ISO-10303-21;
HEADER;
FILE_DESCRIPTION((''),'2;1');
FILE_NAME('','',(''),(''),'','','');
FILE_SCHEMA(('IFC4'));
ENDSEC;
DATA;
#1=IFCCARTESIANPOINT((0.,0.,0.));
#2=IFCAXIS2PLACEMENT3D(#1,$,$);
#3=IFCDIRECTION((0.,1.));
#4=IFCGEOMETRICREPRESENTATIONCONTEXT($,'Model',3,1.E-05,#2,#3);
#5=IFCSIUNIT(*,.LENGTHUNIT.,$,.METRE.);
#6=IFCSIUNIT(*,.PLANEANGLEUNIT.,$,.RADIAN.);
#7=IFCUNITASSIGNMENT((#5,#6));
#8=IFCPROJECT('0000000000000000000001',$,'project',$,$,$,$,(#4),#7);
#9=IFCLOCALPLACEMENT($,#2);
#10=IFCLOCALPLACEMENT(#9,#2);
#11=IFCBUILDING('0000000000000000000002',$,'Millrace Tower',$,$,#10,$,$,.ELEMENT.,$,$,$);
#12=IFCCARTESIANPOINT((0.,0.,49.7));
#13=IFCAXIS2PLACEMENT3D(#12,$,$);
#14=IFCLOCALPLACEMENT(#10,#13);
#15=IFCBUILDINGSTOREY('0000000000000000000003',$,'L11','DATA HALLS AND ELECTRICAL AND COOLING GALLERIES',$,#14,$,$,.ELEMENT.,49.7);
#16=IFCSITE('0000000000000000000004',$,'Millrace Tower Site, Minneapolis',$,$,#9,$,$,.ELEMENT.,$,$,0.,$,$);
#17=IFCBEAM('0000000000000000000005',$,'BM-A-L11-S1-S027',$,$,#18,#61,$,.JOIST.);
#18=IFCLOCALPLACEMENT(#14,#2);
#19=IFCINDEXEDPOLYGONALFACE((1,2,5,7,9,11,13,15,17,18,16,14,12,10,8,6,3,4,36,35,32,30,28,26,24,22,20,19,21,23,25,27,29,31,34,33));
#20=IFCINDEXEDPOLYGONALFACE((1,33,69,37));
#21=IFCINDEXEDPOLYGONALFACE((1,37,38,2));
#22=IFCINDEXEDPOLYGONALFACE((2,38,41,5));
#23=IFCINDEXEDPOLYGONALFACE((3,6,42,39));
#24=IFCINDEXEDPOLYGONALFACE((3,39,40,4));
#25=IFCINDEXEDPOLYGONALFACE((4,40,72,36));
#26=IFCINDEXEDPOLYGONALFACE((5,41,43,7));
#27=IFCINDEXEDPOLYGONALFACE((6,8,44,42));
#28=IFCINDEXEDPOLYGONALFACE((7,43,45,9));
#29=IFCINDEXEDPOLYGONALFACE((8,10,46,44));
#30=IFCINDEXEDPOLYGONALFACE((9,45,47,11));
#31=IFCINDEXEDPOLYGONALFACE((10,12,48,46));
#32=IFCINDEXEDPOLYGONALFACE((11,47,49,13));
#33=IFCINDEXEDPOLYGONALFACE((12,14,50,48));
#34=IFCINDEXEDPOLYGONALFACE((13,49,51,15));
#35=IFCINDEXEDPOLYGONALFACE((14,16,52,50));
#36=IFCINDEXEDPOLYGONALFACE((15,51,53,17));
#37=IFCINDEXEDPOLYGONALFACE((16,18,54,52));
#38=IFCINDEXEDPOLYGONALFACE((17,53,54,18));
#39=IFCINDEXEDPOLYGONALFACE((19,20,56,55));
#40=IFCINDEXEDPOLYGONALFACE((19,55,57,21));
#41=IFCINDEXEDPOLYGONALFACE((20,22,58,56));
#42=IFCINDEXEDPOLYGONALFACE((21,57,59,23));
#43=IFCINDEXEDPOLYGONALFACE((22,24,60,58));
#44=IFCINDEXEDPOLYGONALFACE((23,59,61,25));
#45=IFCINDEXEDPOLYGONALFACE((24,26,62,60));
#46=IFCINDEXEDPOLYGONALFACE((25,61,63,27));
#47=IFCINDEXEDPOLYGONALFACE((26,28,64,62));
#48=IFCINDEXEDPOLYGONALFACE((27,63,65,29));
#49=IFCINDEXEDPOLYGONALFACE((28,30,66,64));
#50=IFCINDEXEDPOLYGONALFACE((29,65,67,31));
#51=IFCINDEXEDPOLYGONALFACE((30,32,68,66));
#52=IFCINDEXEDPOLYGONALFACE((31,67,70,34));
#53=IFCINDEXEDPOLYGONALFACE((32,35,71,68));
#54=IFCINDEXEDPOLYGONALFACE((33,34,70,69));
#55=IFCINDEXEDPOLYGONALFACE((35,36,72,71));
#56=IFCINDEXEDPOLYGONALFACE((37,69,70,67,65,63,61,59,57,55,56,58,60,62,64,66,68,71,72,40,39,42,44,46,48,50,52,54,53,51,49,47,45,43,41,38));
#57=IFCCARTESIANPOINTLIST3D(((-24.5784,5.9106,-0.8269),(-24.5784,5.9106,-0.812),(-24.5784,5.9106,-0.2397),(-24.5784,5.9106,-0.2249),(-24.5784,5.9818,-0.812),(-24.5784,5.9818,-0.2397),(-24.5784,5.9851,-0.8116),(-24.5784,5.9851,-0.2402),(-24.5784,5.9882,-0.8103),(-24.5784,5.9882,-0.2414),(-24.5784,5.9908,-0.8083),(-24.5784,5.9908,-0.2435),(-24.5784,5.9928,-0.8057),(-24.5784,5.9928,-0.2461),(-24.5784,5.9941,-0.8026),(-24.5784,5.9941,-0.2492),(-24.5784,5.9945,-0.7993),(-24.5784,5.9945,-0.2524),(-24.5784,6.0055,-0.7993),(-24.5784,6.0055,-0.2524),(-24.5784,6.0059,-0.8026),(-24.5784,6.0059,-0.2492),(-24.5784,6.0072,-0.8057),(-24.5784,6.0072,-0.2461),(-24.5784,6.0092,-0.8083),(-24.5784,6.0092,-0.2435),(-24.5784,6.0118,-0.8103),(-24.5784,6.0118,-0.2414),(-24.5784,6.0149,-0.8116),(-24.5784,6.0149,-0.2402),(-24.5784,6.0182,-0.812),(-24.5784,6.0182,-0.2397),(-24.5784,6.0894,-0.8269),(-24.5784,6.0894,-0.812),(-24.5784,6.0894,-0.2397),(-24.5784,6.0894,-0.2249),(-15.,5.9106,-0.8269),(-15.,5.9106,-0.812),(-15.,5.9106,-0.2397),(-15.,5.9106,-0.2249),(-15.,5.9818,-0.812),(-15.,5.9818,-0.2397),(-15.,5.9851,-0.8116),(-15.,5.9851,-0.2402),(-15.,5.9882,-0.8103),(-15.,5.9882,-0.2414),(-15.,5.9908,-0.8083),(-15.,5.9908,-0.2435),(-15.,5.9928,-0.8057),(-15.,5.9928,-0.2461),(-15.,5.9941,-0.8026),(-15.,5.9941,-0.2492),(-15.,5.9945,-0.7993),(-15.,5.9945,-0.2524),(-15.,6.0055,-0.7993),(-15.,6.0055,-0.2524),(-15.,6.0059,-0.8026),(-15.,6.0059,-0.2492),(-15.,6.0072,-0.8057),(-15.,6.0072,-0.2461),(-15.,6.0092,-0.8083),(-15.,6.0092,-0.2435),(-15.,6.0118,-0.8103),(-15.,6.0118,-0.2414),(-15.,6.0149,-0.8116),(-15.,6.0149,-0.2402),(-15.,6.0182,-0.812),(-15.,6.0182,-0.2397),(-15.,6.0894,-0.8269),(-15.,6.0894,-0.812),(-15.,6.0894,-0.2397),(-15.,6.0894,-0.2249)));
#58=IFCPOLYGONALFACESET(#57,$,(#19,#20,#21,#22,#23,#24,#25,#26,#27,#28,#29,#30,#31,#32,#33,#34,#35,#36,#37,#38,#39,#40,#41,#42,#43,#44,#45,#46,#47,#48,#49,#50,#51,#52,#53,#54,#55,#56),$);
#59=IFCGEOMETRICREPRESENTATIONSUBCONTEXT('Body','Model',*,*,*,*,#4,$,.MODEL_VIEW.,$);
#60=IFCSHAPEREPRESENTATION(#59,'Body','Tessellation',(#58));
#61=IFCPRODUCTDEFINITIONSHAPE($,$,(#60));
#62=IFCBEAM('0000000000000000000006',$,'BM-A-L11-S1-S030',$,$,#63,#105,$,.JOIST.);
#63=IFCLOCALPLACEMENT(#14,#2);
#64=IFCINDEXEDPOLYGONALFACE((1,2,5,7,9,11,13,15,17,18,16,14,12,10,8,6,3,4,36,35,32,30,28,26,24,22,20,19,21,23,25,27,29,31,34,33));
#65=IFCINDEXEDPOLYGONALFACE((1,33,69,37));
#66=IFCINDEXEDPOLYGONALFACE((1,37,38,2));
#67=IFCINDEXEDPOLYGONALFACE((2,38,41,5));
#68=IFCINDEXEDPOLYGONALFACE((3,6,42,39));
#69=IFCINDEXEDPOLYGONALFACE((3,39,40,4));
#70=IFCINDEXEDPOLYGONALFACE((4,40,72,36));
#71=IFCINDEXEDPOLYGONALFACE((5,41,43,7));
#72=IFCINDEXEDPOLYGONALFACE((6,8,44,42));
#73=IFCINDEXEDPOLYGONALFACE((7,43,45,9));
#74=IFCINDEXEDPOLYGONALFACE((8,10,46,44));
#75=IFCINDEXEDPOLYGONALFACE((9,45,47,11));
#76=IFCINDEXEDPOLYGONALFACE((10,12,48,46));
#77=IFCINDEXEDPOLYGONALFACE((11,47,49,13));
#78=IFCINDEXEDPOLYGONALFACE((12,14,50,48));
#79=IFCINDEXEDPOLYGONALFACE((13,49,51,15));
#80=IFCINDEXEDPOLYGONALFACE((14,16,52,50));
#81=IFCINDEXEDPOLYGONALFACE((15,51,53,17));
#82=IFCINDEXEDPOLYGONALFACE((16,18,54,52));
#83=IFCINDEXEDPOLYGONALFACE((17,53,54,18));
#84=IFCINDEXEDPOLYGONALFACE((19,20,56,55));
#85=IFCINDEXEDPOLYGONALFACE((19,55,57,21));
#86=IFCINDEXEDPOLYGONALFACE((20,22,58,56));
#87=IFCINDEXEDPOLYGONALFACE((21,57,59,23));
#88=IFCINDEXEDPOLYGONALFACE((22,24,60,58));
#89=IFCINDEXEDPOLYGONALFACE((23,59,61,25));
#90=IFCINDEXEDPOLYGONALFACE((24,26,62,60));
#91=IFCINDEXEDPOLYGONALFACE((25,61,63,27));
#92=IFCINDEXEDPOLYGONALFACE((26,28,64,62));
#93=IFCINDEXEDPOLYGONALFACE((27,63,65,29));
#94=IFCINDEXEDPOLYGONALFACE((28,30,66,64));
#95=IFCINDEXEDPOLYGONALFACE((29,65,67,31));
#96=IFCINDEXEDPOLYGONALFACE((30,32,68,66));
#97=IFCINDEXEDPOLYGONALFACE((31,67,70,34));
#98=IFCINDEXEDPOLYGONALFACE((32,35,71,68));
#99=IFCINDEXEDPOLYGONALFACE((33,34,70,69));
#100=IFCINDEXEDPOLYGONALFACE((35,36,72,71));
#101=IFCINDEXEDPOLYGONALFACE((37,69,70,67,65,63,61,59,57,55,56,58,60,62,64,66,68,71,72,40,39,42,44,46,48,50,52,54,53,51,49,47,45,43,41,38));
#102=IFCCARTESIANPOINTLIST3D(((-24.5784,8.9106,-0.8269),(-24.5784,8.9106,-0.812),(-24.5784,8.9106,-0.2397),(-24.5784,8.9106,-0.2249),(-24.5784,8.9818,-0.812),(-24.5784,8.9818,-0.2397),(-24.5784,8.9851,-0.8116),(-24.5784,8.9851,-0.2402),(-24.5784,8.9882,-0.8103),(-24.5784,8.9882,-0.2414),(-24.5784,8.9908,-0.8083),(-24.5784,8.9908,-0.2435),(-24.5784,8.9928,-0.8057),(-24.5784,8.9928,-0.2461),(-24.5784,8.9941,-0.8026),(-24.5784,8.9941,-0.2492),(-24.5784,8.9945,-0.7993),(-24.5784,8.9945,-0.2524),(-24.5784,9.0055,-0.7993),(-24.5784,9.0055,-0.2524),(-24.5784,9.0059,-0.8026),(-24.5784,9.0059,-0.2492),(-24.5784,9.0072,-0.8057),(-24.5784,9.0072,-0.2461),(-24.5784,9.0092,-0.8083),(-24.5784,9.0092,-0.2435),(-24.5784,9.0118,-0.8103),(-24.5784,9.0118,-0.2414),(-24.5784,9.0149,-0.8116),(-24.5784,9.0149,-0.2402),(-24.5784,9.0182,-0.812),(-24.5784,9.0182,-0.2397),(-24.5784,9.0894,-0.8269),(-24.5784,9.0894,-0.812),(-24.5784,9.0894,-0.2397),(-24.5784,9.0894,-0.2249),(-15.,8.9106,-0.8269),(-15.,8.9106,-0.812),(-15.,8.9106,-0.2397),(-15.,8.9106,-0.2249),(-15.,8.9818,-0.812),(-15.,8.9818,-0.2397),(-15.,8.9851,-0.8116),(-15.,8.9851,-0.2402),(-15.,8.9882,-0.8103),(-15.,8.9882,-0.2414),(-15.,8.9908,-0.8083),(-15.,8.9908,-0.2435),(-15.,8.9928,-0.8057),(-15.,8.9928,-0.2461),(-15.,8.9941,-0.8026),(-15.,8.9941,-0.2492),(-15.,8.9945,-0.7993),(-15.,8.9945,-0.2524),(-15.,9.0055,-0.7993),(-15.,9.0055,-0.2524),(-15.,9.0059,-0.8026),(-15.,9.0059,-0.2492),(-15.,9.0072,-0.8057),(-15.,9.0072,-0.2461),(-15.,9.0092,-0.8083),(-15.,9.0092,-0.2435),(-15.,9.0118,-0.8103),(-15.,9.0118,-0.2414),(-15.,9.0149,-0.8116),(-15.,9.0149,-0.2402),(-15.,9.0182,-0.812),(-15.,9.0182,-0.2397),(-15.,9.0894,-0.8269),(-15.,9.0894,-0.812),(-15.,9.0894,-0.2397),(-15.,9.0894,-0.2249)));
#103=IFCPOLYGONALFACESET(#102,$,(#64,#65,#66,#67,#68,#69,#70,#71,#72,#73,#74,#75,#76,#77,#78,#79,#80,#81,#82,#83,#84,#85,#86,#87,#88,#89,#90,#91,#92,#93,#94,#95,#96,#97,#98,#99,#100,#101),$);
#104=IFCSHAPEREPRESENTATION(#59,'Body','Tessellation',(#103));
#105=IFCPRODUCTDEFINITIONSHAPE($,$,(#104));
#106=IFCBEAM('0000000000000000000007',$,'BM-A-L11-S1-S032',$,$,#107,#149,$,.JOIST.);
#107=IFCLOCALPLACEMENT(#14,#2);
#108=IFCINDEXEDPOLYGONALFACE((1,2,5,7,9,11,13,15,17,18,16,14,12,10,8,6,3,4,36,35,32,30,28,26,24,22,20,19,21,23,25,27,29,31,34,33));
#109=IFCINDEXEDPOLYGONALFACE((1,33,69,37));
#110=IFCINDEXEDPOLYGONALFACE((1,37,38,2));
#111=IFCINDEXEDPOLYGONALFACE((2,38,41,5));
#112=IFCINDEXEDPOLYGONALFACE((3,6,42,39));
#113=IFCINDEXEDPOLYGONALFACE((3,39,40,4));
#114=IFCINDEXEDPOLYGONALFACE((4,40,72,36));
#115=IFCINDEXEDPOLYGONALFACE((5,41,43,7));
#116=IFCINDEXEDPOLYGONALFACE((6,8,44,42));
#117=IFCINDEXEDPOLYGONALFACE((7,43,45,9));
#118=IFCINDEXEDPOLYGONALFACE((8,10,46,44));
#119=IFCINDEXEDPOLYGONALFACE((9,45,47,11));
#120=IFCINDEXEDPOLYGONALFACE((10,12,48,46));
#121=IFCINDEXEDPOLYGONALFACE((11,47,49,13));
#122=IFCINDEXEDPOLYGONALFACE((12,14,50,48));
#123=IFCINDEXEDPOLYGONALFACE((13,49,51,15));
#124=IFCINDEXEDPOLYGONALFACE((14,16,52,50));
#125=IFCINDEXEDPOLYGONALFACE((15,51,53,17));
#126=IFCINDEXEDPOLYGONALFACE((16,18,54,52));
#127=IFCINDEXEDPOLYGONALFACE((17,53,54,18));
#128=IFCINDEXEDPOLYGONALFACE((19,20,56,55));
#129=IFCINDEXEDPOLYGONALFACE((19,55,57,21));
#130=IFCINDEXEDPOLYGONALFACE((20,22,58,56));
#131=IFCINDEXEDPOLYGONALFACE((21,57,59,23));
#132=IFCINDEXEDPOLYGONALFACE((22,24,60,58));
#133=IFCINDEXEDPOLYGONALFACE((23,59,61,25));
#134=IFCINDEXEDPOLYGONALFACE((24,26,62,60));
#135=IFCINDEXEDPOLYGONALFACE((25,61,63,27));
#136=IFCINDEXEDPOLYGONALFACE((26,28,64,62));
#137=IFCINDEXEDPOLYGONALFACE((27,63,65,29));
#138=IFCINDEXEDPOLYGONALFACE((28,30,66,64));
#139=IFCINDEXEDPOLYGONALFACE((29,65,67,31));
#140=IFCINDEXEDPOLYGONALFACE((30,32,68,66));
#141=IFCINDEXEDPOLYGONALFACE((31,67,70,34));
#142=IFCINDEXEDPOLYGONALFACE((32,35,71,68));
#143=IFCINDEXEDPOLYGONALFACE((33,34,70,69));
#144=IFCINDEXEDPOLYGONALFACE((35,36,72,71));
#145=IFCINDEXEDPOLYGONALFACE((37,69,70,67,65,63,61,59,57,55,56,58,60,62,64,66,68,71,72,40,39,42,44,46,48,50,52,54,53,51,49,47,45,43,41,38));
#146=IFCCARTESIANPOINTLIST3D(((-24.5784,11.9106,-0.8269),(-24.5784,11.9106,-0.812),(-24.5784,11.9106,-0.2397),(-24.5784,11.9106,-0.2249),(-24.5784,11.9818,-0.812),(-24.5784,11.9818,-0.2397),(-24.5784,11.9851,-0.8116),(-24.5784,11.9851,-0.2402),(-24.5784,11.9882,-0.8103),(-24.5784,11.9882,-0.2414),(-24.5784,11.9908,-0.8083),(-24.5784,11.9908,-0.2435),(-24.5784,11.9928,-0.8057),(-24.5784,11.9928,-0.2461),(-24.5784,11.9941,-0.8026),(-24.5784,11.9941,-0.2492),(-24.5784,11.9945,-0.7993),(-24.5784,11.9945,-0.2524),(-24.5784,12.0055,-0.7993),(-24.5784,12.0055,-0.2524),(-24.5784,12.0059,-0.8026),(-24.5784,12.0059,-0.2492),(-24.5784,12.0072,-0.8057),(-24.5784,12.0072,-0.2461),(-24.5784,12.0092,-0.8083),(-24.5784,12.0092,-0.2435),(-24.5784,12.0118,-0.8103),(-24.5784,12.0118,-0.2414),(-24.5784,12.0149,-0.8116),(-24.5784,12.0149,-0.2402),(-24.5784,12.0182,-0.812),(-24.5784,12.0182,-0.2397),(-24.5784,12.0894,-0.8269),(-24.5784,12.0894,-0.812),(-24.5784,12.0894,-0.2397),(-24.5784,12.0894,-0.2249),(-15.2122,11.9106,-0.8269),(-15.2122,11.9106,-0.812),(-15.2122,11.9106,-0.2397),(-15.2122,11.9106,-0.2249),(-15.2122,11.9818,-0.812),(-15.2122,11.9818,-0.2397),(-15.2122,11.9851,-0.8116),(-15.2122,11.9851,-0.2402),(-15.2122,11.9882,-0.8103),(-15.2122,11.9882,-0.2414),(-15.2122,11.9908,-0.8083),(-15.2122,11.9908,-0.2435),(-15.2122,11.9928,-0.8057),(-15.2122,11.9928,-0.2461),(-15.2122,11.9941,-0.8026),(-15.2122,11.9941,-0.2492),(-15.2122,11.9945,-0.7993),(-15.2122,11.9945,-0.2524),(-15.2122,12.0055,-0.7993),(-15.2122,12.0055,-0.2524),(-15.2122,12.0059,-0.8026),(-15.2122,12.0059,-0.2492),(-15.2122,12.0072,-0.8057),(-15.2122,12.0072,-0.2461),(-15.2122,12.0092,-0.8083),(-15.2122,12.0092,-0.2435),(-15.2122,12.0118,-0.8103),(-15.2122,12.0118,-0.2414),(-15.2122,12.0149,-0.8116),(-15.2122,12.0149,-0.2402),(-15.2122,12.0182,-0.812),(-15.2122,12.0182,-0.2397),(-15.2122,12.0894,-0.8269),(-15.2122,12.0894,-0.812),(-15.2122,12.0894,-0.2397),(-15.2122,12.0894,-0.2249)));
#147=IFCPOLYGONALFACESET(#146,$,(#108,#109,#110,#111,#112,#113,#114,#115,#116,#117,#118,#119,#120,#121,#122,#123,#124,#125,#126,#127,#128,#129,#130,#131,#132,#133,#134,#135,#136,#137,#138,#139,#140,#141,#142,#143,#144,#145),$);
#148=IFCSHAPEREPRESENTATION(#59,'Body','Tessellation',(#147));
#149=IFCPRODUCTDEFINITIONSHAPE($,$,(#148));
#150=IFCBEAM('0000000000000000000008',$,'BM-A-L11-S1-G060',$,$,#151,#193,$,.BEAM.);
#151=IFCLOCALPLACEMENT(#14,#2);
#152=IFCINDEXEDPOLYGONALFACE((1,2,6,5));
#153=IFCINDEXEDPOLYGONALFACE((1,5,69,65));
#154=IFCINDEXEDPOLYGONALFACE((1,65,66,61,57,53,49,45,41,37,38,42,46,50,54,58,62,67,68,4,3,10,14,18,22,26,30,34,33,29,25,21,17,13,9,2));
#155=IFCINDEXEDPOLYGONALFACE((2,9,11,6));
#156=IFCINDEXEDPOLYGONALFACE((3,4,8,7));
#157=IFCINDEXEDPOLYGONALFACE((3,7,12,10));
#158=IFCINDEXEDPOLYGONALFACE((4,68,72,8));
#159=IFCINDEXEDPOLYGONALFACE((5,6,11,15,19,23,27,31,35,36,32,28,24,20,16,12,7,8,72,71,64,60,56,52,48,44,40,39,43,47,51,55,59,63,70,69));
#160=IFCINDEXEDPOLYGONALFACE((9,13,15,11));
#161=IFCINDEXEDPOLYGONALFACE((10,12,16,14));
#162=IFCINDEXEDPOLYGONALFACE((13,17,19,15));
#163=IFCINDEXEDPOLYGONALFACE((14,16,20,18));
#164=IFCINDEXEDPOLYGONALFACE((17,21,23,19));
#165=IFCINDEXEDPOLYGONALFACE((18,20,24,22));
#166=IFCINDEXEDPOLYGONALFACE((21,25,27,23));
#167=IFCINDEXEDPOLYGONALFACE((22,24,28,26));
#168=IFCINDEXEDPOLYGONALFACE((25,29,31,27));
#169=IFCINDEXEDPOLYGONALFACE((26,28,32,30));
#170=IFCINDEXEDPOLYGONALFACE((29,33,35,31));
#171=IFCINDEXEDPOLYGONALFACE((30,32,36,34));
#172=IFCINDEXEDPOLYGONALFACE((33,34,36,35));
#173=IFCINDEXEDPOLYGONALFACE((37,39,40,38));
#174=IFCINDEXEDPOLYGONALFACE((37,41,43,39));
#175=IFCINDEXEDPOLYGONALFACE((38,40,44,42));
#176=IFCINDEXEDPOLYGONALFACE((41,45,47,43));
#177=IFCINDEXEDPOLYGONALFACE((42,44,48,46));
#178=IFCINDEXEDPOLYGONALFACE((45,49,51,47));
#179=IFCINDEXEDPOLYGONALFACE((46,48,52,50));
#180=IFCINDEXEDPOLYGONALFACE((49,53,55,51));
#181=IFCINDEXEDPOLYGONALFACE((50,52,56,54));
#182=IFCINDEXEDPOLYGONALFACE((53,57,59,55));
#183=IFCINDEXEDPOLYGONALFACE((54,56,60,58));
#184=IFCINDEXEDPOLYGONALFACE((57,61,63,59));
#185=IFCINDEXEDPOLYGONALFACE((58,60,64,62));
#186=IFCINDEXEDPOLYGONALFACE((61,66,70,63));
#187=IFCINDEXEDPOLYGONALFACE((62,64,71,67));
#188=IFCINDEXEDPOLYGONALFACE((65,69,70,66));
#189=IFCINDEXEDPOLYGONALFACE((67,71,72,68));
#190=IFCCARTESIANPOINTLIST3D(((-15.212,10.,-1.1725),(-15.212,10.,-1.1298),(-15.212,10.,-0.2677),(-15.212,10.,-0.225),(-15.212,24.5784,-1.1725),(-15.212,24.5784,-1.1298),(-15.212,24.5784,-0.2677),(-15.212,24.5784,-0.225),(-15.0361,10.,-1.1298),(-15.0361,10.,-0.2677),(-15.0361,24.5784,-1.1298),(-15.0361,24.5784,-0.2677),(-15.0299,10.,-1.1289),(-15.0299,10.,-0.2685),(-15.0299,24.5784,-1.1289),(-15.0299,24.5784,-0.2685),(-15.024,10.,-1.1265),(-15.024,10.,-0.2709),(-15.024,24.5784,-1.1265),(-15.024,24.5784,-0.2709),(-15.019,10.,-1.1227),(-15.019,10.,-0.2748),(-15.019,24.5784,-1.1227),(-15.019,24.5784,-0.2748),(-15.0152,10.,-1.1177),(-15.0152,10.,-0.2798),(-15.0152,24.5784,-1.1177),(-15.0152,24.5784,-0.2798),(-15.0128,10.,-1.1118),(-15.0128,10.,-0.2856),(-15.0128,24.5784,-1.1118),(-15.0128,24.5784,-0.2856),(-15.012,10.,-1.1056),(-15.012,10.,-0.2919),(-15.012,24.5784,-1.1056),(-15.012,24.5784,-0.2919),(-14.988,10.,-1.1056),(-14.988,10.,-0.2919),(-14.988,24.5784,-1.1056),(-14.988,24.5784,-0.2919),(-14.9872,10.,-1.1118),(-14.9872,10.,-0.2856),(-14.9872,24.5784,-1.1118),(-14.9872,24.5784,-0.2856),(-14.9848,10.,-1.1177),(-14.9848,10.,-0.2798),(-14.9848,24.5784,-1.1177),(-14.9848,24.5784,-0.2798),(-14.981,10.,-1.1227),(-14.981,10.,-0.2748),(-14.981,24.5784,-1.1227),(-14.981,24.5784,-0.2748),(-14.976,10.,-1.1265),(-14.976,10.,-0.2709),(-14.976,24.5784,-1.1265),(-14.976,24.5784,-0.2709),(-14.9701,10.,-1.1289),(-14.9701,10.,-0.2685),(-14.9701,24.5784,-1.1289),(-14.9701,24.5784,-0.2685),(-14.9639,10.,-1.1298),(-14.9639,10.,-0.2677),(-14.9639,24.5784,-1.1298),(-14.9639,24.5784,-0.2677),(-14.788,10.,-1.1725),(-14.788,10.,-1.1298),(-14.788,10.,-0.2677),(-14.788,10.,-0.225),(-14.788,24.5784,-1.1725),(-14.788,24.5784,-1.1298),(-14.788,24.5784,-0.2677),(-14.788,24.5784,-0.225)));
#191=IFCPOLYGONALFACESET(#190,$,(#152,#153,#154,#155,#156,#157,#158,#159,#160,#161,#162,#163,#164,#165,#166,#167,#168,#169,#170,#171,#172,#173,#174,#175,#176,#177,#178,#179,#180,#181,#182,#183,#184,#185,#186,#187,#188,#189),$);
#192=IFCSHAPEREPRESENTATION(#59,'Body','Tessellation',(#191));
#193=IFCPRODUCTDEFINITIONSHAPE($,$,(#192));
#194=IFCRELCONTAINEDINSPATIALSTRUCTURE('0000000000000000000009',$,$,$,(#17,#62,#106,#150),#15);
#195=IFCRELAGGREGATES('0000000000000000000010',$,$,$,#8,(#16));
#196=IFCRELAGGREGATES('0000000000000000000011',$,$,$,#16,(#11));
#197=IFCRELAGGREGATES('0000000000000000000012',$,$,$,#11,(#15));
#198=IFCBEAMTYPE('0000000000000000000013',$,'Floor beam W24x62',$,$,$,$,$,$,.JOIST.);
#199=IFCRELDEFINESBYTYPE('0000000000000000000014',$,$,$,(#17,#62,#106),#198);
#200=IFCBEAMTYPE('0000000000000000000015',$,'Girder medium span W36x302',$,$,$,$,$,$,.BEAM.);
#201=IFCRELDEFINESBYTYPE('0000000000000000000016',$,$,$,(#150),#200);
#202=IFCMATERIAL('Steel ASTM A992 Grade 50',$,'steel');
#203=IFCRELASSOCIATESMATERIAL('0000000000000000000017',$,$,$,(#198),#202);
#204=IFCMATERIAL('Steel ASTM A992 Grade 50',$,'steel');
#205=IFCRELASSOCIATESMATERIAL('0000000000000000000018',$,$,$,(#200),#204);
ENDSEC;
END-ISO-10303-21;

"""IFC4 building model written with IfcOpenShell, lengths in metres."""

from ifc_helpers import new_model, si_unit, direction, frame, origin, origin_2d, place, context, subcontext, project, spatial, i_section, extrude, material, material_profile, profile_set, type_object, element, save


model = new_model("IFC4")

# Units and contexts
model_context = context("Model", 3, precision=1e-05, world=origin(), true_north=direction((0.0, 1.0)))
body_context = subcontext(model_context, "Body", "Model", "MODEL_VIEW")
ifc_project = project(units=[si_unit("LENGTHUNIT", "METRE"), si_unit("PLANEANGLEUNIT", "RADIAN")], contexts=[model_context])

# Site, building, storey
site_placement = place(None, origin())
site = spatial("IfcSite", under=ifc_project, at=site_placement, Name="Millrace Tower Site, Minneapolis", CompositionType="ELEMENT", RefElevation=0.0)
building_placement = place(site_placement, origin())
building = spatial("IfcBuilding", under=site, at=building_placement, Name="Millrace Tower", CompositionType="ELEMENT")
storey_placement = place(building_placement, frame((0.0, 0.0, 49.7)))
storey = spatial("IfcBuildingStorey", under=building, at=storey_placement, Name="L11", Description="DATA HALLS AND ELECTRICAL AND COOLING GALLERIES", CompositionType="ELEMENT", Elevation=49.7)

# Beams
ifc_material_1 = material(Name="Steel ASTM A992 Grade 50", Category="steel")
ifc_material_profile_1 = material_profile(ifc_material_1, i_section(OverallWidth=0.1787, OverallDepth=0.6021, WebThickness=0.011, FlangeThickness=0.0149, FilletRadius=0.0127, at=origin_2d()))
ifc_profile_set_1 = profile_set([ifc_material_profile_1], Name="Steel ASTM A992 Grade 50")
beam_type_1 = type_object("IfcBeamType", Name="Floor beam W24x62", PredefinedType="JOIST", material=ifc_profile_set_1)
for number, where, z_axis, x_axis, name in (
    (1, (-24.5784, 6.0, -0.5259), (1.0, 0.0, 0.0), (0.0, 1.0, 0.0), "BM-A-L11-S1-S027"),
    (2, (-24.5784, 9.0, -0.5259), (1.0, 0.0, 0.0), (0.0, 1.0, 0.0), "BM-A-L11-S1-S030"),
):
    element("IfcBeam", number, at=place(storey_placement, frame(where, z_axis=z_axis, x_axis=x_axis)), inside=storey, type_object=beam_type_1, Name=name, PredefinedType="JOIST", context=body_context, shape_type="SweptSolid", body=[
        extrude(i_section(OverallWidth=0.1787, OverallDepth=0.6021, WebThickness=0.011, FlangeThickness=0.0149, FilletRadius=0.0127, at=origin_2d()), origin(), (0.0, 0.0, 1.0), 9.5784),
    ])
beam_1_placement = place(storey_placement, frame((-24.5784, 12.0, -0.5259), z_axis=(1.0, 0.0, 0.0), x_axis=(0.0, 1.0, 0.0)))
element("IfcBeam", 3, at=beam_1_placement, inside=storey, type_object=beam_type_1, Name="BM-A-L11-S1-S032", PredefinedType="JOIST", context=body_context, shape_type="SweptSolid", body=[
    extrude(i_section(OverallWidth=0.1787, OverallDepth=0.6021, WebThickness=0.011, FlangeThickness=0.0149, FilletRadius=0.0127, at=origin_2d()), origin(), (0.0, 0.0, 1.0), 9.3662),
])
ifc_material_2 = material(Name="Steel ASTM A992 Grade 50", Category="steel")
ifc_material_profile_2 = material_profile(ifc_material_2, i_section(OverallWidth=0.4241, OverallDepth=0.9475, WebThickness=0.0239, FlangeThickness=0.0427, FilletRadius=0.0242, at=origin_2d()))
ifc_profile_set_2 = profile_set([ifc_material_profile_2], Name="Steel ASTM A992 Grade 50")
beam_type_2 = type_object("IfcBeamType", Name="Girder medium span W36x302", PredefinedType="BEAM", material=ifc_profile_set_2)
beam_2_placement = place(storey_placement, frame((-15.0, 10.0, -0.6987), z_axis=(0.0, 1.0, 0.0), x_axis=(-1.0, 0.0, 0.0)))
element("IfcBeam", 4, at=beam_2_placement, inside=storey, type_object=beam_type_2, Name="BM-A-L11-S1-G060", PredefinedType="BEAM", context=body_context, shape_type="SweptSolid", body=[
    extrude(i_section(OverallWidth=0.4241, OverallDepth=0.9475, WebThickness=0.0239, FlangeThickness=0.0427, FilletRadius=0.0242, at=origin_2d()), origin(), (0.0, 0.0, 1.0), 14.5784),
])

save(model, "model.ifc")
